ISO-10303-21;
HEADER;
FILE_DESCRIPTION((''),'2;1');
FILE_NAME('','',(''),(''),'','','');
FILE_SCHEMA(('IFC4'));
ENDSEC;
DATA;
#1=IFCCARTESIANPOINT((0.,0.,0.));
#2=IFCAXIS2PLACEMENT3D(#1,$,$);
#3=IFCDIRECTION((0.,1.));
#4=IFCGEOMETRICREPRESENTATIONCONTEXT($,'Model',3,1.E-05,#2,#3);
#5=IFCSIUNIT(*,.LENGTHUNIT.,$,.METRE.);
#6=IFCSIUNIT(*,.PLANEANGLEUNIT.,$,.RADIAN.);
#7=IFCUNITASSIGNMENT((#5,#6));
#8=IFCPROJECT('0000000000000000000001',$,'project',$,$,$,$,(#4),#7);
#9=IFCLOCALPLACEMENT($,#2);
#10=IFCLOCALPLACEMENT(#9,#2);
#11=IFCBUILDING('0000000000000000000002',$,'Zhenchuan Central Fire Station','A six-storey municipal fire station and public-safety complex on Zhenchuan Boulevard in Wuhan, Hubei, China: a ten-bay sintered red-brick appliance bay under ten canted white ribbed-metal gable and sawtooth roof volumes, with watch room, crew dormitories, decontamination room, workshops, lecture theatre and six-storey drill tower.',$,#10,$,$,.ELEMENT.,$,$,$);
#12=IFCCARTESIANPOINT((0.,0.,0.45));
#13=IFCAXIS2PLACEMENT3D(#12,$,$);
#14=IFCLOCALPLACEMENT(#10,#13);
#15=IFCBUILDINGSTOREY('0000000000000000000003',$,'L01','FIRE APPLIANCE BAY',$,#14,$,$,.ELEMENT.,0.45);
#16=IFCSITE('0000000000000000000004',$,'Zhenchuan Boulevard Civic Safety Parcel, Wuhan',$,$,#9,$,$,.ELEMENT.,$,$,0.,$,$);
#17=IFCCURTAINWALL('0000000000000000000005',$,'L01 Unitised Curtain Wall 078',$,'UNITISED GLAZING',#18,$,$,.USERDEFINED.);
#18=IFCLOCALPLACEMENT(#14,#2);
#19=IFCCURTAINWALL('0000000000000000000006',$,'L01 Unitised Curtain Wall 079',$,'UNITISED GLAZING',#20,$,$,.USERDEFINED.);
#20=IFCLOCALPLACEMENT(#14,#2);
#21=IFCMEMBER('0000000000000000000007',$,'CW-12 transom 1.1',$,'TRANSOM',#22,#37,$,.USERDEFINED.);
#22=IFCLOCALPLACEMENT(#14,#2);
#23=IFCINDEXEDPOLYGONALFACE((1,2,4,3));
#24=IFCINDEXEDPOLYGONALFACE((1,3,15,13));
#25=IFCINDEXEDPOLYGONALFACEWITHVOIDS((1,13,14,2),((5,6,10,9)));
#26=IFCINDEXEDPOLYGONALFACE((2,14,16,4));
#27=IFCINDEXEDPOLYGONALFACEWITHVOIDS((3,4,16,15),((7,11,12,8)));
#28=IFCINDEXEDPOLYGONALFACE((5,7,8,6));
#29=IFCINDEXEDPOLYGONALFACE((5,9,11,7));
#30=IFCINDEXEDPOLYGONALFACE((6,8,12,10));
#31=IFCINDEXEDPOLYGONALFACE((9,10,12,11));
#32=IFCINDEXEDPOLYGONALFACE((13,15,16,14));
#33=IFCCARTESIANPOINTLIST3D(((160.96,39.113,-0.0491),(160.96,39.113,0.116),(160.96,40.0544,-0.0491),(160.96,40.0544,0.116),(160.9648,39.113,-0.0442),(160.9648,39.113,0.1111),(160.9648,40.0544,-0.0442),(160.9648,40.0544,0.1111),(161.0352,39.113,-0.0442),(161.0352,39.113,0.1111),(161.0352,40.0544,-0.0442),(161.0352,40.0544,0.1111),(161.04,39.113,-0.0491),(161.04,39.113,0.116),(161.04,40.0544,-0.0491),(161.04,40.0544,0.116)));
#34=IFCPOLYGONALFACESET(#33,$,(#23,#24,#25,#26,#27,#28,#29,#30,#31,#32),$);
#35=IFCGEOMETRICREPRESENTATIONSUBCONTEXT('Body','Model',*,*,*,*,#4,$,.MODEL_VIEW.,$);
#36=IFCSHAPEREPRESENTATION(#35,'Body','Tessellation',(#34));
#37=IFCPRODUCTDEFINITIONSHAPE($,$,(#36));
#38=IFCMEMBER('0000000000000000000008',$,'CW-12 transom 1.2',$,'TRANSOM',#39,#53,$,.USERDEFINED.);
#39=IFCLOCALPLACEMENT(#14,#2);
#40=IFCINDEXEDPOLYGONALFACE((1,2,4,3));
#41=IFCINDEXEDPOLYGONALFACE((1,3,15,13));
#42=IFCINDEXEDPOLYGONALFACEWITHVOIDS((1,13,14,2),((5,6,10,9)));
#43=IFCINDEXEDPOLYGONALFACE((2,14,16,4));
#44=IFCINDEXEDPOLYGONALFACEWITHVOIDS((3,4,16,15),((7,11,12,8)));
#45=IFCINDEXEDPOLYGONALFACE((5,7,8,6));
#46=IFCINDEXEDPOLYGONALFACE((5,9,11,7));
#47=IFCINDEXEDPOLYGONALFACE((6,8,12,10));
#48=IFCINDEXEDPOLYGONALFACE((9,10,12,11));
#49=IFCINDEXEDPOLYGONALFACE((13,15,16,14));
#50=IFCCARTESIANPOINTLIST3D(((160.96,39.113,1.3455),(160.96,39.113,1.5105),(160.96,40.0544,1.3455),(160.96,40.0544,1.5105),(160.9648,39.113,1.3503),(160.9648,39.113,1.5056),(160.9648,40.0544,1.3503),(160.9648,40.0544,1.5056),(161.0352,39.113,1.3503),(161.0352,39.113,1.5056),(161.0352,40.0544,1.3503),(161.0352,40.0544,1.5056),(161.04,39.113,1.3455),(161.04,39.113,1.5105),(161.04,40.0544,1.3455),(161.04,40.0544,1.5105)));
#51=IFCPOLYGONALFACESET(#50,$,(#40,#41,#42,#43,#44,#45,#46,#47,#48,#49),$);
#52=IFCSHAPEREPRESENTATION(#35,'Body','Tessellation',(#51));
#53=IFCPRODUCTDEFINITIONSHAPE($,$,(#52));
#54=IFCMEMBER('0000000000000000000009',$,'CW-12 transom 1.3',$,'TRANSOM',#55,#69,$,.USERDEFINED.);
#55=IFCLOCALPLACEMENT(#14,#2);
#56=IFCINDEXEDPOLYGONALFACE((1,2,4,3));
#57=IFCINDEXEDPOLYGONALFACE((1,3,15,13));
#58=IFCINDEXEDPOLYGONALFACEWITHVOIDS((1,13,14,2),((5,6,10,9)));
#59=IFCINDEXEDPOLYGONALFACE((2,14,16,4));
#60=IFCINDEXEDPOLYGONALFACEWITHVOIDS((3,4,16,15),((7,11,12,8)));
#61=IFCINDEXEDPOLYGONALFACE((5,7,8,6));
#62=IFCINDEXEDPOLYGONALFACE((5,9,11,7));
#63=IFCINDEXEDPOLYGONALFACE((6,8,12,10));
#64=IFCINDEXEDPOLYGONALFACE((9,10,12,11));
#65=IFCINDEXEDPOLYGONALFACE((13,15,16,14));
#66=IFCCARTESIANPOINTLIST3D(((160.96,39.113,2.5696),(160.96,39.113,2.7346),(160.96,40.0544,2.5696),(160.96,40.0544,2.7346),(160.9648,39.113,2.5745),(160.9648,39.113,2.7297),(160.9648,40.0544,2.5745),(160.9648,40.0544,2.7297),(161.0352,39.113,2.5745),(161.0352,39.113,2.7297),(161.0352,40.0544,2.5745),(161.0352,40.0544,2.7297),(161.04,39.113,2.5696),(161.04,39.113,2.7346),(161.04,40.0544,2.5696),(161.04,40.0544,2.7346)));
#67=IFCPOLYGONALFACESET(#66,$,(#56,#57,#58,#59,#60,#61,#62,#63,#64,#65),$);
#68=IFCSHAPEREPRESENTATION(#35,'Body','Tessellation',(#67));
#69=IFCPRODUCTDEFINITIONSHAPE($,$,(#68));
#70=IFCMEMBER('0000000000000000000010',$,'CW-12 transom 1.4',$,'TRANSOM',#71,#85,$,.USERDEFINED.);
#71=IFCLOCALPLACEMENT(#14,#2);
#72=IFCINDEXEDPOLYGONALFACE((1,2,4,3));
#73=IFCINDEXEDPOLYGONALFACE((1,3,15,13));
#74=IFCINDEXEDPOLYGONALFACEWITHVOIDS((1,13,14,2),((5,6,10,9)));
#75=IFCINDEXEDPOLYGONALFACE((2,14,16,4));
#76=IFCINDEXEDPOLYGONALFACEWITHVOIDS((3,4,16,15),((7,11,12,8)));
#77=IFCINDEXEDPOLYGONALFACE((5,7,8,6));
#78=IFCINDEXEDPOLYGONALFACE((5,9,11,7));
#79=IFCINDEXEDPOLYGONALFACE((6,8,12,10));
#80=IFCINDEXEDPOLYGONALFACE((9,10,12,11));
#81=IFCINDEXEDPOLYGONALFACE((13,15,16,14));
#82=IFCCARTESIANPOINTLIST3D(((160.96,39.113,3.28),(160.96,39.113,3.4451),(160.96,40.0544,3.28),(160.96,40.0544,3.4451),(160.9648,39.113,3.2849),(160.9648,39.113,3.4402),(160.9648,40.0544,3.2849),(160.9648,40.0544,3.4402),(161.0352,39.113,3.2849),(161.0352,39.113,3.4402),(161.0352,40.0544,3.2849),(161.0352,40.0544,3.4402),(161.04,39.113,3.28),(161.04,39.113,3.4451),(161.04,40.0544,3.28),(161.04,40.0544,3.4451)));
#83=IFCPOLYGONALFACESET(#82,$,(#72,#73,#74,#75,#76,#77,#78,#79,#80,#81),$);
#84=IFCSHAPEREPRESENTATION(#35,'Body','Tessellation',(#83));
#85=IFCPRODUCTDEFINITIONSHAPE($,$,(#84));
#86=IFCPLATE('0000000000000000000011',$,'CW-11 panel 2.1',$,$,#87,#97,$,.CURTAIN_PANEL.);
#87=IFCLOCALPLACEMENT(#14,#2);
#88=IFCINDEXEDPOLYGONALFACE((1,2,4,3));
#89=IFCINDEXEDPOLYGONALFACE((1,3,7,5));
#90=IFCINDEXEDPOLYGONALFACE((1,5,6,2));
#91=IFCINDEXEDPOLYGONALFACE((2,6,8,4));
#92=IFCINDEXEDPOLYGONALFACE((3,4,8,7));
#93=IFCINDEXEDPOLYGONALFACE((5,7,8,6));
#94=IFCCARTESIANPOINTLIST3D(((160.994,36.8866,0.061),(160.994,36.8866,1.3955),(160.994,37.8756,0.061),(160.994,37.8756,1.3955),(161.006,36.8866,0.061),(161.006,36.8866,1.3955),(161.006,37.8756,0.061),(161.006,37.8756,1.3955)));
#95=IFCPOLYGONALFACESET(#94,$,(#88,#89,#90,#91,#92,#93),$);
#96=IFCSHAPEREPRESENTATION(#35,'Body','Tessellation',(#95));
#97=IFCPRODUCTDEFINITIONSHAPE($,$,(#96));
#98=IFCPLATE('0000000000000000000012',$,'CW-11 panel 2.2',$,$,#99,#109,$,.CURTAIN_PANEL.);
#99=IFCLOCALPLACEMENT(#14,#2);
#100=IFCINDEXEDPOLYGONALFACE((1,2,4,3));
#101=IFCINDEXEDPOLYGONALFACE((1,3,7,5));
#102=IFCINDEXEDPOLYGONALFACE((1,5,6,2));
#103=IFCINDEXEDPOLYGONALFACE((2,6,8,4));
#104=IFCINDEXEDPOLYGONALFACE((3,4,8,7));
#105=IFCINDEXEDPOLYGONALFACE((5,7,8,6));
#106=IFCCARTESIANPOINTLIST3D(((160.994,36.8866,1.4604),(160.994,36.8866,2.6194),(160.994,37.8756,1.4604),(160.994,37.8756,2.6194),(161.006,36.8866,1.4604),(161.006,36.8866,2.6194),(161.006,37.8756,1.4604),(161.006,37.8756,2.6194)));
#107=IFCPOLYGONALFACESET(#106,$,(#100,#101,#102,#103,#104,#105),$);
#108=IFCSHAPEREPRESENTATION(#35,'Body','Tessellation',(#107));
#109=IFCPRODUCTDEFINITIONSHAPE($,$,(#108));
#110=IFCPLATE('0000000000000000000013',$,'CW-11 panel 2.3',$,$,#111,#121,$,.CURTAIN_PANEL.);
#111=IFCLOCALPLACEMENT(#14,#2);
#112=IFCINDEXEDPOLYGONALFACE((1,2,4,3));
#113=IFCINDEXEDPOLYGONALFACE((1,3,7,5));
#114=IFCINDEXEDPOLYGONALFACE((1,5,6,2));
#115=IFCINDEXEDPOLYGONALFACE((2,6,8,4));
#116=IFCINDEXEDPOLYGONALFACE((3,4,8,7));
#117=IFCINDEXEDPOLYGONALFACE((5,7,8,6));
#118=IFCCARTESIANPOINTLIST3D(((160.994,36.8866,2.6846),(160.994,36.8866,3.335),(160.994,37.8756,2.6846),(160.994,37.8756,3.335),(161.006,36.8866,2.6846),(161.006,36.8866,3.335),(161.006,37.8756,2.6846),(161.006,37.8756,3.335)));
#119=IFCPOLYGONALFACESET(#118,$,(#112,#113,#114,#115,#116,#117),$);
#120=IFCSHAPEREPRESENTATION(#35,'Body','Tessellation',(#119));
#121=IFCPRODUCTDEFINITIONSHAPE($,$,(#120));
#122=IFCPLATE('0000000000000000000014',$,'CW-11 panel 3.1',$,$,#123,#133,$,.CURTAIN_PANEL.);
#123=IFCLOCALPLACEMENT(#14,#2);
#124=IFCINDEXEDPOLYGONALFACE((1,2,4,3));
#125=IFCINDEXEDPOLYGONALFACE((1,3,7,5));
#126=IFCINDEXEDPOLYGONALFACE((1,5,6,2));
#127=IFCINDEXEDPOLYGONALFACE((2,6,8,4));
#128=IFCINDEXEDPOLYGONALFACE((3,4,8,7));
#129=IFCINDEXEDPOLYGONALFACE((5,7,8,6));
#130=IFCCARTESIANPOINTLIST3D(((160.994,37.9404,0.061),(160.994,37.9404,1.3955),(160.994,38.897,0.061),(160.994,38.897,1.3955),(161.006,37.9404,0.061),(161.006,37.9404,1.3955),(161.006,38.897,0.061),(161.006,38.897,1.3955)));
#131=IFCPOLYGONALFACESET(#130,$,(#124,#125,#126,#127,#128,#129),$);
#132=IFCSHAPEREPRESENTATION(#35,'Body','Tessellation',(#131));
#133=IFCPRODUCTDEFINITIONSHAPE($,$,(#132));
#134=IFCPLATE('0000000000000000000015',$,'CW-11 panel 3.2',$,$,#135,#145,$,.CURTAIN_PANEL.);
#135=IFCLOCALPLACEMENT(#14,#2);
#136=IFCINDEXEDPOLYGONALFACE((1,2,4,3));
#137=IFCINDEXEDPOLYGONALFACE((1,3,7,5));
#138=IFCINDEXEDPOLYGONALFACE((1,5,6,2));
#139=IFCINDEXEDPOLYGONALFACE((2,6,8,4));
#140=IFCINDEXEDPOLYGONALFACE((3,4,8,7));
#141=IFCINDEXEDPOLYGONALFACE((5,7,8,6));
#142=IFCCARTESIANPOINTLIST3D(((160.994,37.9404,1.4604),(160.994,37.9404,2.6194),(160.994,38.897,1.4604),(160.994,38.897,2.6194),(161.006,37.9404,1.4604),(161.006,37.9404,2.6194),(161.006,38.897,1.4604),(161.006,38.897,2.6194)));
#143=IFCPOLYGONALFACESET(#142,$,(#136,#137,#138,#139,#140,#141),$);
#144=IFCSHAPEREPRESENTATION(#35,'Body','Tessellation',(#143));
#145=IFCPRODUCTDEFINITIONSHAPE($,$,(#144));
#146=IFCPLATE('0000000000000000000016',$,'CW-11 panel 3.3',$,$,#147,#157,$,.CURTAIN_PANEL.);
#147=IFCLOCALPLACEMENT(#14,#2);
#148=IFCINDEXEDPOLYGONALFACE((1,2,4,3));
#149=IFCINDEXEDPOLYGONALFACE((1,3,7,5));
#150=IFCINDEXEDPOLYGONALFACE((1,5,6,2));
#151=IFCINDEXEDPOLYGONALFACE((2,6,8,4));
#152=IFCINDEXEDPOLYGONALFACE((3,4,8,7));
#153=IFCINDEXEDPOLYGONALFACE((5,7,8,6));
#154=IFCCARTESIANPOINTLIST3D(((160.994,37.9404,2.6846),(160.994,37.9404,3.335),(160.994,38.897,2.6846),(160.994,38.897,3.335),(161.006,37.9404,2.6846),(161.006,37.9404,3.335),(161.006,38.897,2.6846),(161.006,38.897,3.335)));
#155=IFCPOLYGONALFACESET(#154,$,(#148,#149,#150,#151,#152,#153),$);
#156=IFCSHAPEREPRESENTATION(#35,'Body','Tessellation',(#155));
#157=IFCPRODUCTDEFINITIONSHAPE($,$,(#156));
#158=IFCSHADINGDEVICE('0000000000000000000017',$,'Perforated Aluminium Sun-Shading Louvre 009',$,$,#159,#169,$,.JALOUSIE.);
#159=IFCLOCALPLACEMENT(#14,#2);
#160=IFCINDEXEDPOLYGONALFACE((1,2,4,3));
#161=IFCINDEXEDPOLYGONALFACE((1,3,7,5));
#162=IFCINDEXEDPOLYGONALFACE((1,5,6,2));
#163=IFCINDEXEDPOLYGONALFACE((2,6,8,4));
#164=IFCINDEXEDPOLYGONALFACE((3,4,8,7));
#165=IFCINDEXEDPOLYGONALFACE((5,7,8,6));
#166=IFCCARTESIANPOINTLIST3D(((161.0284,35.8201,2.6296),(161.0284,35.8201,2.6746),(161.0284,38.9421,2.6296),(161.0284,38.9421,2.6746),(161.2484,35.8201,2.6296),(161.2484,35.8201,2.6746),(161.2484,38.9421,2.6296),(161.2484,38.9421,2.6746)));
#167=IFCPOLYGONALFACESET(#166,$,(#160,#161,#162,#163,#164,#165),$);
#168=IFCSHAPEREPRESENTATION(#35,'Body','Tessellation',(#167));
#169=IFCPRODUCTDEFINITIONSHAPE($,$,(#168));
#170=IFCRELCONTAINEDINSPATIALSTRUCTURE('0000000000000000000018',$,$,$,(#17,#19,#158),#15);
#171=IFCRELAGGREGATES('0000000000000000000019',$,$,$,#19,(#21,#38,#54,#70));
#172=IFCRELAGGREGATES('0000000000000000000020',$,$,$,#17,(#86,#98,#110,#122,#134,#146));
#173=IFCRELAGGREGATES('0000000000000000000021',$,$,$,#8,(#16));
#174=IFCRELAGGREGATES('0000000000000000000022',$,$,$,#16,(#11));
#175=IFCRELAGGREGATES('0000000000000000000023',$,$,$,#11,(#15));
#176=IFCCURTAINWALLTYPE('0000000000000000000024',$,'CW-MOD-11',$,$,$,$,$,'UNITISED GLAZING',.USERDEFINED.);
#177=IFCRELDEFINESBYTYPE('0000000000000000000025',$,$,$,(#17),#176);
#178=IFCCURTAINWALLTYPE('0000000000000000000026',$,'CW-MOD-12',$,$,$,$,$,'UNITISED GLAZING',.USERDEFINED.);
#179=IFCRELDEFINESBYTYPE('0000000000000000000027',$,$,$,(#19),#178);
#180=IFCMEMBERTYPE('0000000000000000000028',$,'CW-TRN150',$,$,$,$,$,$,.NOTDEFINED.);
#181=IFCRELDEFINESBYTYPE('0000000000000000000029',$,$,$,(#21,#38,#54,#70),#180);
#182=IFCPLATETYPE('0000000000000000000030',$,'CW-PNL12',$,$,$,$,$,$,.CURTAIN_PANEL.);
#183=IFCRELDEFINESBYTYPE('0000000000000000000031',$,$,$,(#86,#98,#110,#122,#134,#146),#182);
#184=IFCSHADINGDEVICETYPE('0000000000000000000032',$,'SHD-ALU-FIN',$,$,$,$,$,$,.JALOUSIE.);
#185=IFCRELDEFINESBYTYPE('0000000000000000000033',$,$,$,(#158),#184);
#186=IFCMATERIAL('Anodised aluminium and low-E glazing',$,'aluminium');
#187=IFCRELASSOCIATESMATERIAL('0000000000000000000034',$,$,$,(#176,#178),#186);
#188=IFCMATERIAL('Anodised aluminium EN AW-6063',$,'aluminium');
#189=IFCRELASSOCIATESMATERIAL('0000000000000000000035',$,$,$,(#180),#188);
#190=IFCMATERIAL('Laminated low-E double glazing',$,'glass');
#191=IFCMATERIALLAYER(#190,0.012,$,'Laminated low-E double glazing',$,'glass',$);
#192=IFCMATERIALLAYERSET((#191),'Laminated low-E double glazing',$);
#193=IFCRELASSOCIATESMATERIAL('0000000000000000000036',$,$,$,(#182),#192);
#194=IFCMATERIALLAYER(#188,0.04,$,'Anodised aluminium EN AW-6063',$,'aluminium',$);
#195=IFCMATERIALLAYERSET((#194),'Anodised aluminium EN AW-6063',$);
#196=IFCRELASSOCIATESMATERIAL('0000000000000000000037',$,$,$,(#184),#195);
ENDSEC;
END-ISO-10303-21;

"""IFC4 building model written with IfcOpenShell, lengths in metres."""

from ifc_helpers import new_model, si_unit, direction, frame, origin, origin_2d, place, context, subcontext, project, spatial, rectangle, hollow_rectangle, extrude, material, layer, layer_set, material_profile, profile_set, type_object, element, aggregate, save


model = new_model("IFC4")

# Units and contexts
model_context = context("Model", 3, precision=1e-05, world=origin(), true_north=direction((0.0, 1.0)))
body_context = subcontext(model_context, "Body", "Model", "MODEL_VIEW")
ifc_project = project(units=[si_unit("LENGTHUNIT", "METRE"), si_unit("PLANEANGLEUNIT", "RADIAN")], contexts=[model_context])

# Site, building, storey
site_placement = place(None, origin())
site = spatial("IfcSite", under=ifc_project, at=site_placement, Name="Zhenchuan Boulevard Civic Safety Parcel, Wuhan", CompositionType="ELEMENT", RefElevation=0.0)
building_placement = place(site_placement, origin())
building = spatial("IfcBuilding", under=site, at=building_placement, Name="Zhenchuan Central Fire Station", Description="A six-storey municipal fire station and public-safety complex on Zhenchuan Boulevard in Wuhan, Hubei, China: a ten-bay sintered red-brick appliance bay under ten canted white ribbed-metal gable and sawtooth roof volumes, with watch room, crew dormitories, decontamination room, workshops, lecture theatre and six-storey drill tower.", CompositionType="ELEMENT")
storey_placement = place(building_placement, frame((0.0, 0.0, 0.45)))
storey = spatial("IfcBuildingStorey", under=building, at=storey_placement, Name="L01", Description="FIRE APPLIANCE BAY", CompositionType="ELEMENT", Elevation=0.45)

# Curtain wall
ifc_material_1 = material(Name="Anodised aluminium and low-E glazing", Category="aluminium")
curtain_wall_type_1 = type_object("IfcCurtainWallType", Name="CW-MOD-11", ElementType="UNITISED GLAZING", PredefinedType="USERDEFINED", material=ifc_material_1)
curtain_wall_1_placement = place(storey_placement, origin())
curtain_wall_1 = element("IfcCurtainWall", 1, at=curtain_wall_1_placement, inside=storey, type_object=curtain_wall_type_1, Name="L01 Unitised Curtain Wall 078", ObjectType="UNITISED GLAZING", PredefinedType="USERDEFINED")
ifc_material_2 = material(Name="Anodised aluminium EN AW-6063", Category="aluminium")

# Curtain wall
curtain_wall_type_2 = type_object("IfcCurtainWallType", Name="CW-MOD-12", ElementType="UNITISED GLAZING", PredefinedType="USERDEFINED", material=ifc_material_1)
curtain_wall_2_placement = place(storey_placement, origin())
curtain_wall_2 = element("IfcCurtainWall", 2, at=curtain_wall_2_placement, inside=storey, type_object=curtain_wall_type_2, Name="L01 Unitised Curtain Wall 079", ObjectType="UNITISED GLAZING", PredefinedType="USERDEFINED")

# Members
ifc_material_profile_1 = material_profile(ifc_material_2, hollow_rectangle(XDim=0.0801, YDim=0.165, WallThickness=0.0049, at=origin_2d()), Name="ALU-T 165x80")
ifc_profile_set_1 = profile_set([ifc_material_profile_1], Name="Anodised aluminium EN AW-6063")
member_type_1 = type_object("IfcMemberType", Name="CW-TRN150", PredefinedType="NOTDEFINED", material=ifc_profile_set_1)
member_1_placement = place(storey_placement, frame((161.0, 39.113, 0.0334), z_axis=(0.0, 1.0, 0.0), x_axis=(-1.0, 0.0, 0.0)))
member_1 = element("IfcMember", 3, at=member_1_placement, type_object=member_type_1, Name="CW-12 transom 1.1", ObjectType="TRANSOM", PredefinedType="USERDEFINED", context=body_context, shape_type="SweptSolid", body=[
    extrude(hollow_rectangle(XDim=0.0801, YDim=0.165, WallThickness=0.0049, at=origin_2d()), origin(), (0.0, 0.0, 1.0), 0.9414),
])
member_2_placement = place(storey_placement, frame((161.0, 39.113, 1.428), z_axis=(0.0, 1.0, 0.0), x_axis=(-1.0, 0.0, 0.0)))
member_2 = element("IfcMember", 4, at=member_2_placement, type_object=member_type_1, Name="CW-12 transom 1.2", ObjectType="TRANSOM", PredefinedType="USERDEFINED", context=body_context, shape_type="SweptSolid", body=[
    extrude(hollow_rectangle(XDim=0.0801, YDim=0.165, WallThickness=0.0049, at=origin_2d()), origin(), (0.0, 0.0, 1.0), 0.9414),
])
member_3_placement = place(storey_placement, frame((161.0, 39.113, 2.6521), z_axis=(0.0, 1.0, 0.0), x_axis=(-1.0, 0.0, 0.0)))
member_3 = element("IfcMember", 5, at=member_3_placement, type_object=member_type_1, Name="CW-12 transom 1.3", ObjectType="TRANSOM", PredefinedType="USERDEFINED", context=body_context, shape_type="SweptSolid", body=[
    extrude(hollow_rectangle(XDim=0.0801, YDim=0.165, WallThickness=0.0049, at=origin_2d()), origin(), (0.0, 0.0, 1.0), 0.9414),
])
member_4_placement = place(storey_placement, frame((161.0, 39.113, 3.3625), z_axis=(0.0, 1.0, 0.0), x_axis=(-1.0, 0.0, 0.0)))
member_4 = element("IfcMember", 6, at=member_4_placement, type_object=member_type_1, Name="CW-12 transom 1.4", ObjectType="TRANSOM", PredefinedType="USERDEFINED", context=body_context, shape_type="SweptSolid", body=[
    extrude(hollow_rectangle(XDim=0.0801, YDim=0.165, WallThickness=0.0049, at=origin_2d()), origin(), (0.0, 0.0, 1.0), 0.9414),
])
aggregate(curtain_wall_2, [member_1, member_2, member_3, member_4])

# Plates
ifc_material_3 = material(Name="Laminated low-E double glazing", Category="glass")
ifc_layer_1 = layer(ifc_material_3, 0.012, Name="Laminated low-E double glazing", Category="glass")
ifc_layer_set_1 = layer_set([ifc_layer_1], Name="Laminated low-E double glazing")
plate_type = type_object("IfcPlateType", Name="CW-PNL12", PredefinedType="CURTAIN_PANEL", material=ifc_layer_set_1)
plate_1_placement = place(storey_placement, frame((161.0, 37.3811, 0.061), z_axis=(0.0, 0.0, 1.0), x_axis=(0.0, 1.0, 0.0)))
plate_1 = element("IfcPlate", 7, at=plate_1_placement, type_object=plate_type, Name="CW-11 panel 2.1", PredefinedType="CURTAIN_PANEL", context=body_context, shape_type="SweptSolid", body=[
    extrude(rectangle(XDim=0.989, YDim=0.012, at=origin_2d()), origin(), (0.0, 0.0, 1.0), 1.3345),
])
plate_2_placement = place(storey_placement, frame((161.0, 37.3811, 1.4604), z_axis=(0.0, 0.0, 1.0), x_axis=(0.0, 1.0, 0.0)))
plate_2 = element("IfcPlate", 8, at=plate_2_placement, type_object=plate_type, Name="CW-11 panel 2.2", PredefinedType="CURTAIN_PANEL", context=body_context, shape_type="SweptSolid", body=[
    extrude(rectangle(XDim=0.989, YDim=0.012, at=origin_2d()), origin(), (0.0, 0.0, 1.0), 1.1589),
])
plate_3_placement = place(storey_placement, frame((161.0, 37.3811, 2.6846), z_axis=(0.0, 0.0, 1.0), x_axis=(0.0, 1.0, 0.0)))
plate_3 = element("IfcPlate", 9, at=plate_3_placement, type_object=plate_type, Name="CW-11 panel 2.3", PredefinedType="CURTAIN_PANEL", context=body_context, shape_type="SweptSolid", body=[
    extrude(rectangle(XDim=0.989, YDim=0.012, at=origin_2d()), origin(), (0.0, 0.0, 1.0), 0.6504),
])
plate_4_placement = place(storey_placement, frame((161.0, 38.4187, 0.061), z_axis=(0.0, 0.0, 1.0), x_axis=(0.0, 1.0, 0.0)))
plate_4 = element("IfcPlate", 10, at=plate_4_placement, type_object=plate_type, Name="CW-11 panel 3.1", PredefinedType="CURTAIN_PANEL", context=body_context, shape_type="SweptSolid", body=[
    extrude(rectangle(XDim=0.9565, YDim=0.012, at=origin_2d()), origin(), (0.0, 0.0, 1.0), 1.3345),
])
plate_5_placement = place(storey_placement, frame((161.0, 38.4187, 1.4604), z_axis=(0.0, 0.0, 1.0), x_axis=(0.0, 1.0, 0.0)))
plate_5 = element("IfcPlate", 11, at=plate_5_placement, type_object=plate_type, Name="CW-11 panel 3.2", PredefinedType="CURTAIN_PANEL", context=body_context, shape_type="SweptSolid", body=[
    extrude(rectangle(XDim=0.9565, YDim=0.012, at=origin_2d()), origin(), (0.0, 0.0, 1.0), 1.1589),
])
plate_6_placement = place(storey_placement, frame((161.0, 38.4187, 2.6846), z_axis=(0.0, 0.0, 1.0), x_axis=(0.0, 1.0, 0.0)))
plate_6 = element("IfcPlate", 12, at=plate_6_placement, type_object=plate_type, Name="CW-11 panel 3.3", PredefinedType="CURTAIN_PANEL", context=body_context, shape_type="SweptSolid", body=[
    extrude(rectangle(XDim=0.9565, YDim=0.012, at=origin_2d()), origin(), (0.0, 0.0, 1.0), 0.6504),
])
aggregate(curtain_wall_1, [plate_1, plate_2, plate_3, plate_4, plate_5, plate_6])

# Shading device
ifc_layer_2 = layer(ifc_material_2, 0.04, Name="Anodised aluminium EN AW-6063", Category="aluminium")
ifc_layer_set_2 = layer_set([ifc_layer_2], Name="Anodised aluminium EN AW-6063")
shading_device_type = type_object("IfcShadingDeviceType", Name="SHD-ALU-FIN", PredefinedType="JALOUSIE", material=ifc_layer_set_2)
shading_device_placement = place(storey_placement, frame((161.1384, 37.3811, 2.6296), z_axis=(0.0, 0.0, 1.0), x_axis=(0.0, 1.0, 0.0)))
element("IfcShadingDevice", 13, at=shading_device_placement, inside=storey, type_object=shading_device_type, Name="Perforated Aluminium Sun-Shading Louvre 009", PredefinedType="JALOUSIE", context=body_context, shape_type="SweptSolid", body=[
    extrude(rectangle(XDim=3.1221, YDim=0.22, at=origin_2d()), origin(), (0.0, 0.0, 1.0), 0.0449),
])

save(model, "model.ifc")
